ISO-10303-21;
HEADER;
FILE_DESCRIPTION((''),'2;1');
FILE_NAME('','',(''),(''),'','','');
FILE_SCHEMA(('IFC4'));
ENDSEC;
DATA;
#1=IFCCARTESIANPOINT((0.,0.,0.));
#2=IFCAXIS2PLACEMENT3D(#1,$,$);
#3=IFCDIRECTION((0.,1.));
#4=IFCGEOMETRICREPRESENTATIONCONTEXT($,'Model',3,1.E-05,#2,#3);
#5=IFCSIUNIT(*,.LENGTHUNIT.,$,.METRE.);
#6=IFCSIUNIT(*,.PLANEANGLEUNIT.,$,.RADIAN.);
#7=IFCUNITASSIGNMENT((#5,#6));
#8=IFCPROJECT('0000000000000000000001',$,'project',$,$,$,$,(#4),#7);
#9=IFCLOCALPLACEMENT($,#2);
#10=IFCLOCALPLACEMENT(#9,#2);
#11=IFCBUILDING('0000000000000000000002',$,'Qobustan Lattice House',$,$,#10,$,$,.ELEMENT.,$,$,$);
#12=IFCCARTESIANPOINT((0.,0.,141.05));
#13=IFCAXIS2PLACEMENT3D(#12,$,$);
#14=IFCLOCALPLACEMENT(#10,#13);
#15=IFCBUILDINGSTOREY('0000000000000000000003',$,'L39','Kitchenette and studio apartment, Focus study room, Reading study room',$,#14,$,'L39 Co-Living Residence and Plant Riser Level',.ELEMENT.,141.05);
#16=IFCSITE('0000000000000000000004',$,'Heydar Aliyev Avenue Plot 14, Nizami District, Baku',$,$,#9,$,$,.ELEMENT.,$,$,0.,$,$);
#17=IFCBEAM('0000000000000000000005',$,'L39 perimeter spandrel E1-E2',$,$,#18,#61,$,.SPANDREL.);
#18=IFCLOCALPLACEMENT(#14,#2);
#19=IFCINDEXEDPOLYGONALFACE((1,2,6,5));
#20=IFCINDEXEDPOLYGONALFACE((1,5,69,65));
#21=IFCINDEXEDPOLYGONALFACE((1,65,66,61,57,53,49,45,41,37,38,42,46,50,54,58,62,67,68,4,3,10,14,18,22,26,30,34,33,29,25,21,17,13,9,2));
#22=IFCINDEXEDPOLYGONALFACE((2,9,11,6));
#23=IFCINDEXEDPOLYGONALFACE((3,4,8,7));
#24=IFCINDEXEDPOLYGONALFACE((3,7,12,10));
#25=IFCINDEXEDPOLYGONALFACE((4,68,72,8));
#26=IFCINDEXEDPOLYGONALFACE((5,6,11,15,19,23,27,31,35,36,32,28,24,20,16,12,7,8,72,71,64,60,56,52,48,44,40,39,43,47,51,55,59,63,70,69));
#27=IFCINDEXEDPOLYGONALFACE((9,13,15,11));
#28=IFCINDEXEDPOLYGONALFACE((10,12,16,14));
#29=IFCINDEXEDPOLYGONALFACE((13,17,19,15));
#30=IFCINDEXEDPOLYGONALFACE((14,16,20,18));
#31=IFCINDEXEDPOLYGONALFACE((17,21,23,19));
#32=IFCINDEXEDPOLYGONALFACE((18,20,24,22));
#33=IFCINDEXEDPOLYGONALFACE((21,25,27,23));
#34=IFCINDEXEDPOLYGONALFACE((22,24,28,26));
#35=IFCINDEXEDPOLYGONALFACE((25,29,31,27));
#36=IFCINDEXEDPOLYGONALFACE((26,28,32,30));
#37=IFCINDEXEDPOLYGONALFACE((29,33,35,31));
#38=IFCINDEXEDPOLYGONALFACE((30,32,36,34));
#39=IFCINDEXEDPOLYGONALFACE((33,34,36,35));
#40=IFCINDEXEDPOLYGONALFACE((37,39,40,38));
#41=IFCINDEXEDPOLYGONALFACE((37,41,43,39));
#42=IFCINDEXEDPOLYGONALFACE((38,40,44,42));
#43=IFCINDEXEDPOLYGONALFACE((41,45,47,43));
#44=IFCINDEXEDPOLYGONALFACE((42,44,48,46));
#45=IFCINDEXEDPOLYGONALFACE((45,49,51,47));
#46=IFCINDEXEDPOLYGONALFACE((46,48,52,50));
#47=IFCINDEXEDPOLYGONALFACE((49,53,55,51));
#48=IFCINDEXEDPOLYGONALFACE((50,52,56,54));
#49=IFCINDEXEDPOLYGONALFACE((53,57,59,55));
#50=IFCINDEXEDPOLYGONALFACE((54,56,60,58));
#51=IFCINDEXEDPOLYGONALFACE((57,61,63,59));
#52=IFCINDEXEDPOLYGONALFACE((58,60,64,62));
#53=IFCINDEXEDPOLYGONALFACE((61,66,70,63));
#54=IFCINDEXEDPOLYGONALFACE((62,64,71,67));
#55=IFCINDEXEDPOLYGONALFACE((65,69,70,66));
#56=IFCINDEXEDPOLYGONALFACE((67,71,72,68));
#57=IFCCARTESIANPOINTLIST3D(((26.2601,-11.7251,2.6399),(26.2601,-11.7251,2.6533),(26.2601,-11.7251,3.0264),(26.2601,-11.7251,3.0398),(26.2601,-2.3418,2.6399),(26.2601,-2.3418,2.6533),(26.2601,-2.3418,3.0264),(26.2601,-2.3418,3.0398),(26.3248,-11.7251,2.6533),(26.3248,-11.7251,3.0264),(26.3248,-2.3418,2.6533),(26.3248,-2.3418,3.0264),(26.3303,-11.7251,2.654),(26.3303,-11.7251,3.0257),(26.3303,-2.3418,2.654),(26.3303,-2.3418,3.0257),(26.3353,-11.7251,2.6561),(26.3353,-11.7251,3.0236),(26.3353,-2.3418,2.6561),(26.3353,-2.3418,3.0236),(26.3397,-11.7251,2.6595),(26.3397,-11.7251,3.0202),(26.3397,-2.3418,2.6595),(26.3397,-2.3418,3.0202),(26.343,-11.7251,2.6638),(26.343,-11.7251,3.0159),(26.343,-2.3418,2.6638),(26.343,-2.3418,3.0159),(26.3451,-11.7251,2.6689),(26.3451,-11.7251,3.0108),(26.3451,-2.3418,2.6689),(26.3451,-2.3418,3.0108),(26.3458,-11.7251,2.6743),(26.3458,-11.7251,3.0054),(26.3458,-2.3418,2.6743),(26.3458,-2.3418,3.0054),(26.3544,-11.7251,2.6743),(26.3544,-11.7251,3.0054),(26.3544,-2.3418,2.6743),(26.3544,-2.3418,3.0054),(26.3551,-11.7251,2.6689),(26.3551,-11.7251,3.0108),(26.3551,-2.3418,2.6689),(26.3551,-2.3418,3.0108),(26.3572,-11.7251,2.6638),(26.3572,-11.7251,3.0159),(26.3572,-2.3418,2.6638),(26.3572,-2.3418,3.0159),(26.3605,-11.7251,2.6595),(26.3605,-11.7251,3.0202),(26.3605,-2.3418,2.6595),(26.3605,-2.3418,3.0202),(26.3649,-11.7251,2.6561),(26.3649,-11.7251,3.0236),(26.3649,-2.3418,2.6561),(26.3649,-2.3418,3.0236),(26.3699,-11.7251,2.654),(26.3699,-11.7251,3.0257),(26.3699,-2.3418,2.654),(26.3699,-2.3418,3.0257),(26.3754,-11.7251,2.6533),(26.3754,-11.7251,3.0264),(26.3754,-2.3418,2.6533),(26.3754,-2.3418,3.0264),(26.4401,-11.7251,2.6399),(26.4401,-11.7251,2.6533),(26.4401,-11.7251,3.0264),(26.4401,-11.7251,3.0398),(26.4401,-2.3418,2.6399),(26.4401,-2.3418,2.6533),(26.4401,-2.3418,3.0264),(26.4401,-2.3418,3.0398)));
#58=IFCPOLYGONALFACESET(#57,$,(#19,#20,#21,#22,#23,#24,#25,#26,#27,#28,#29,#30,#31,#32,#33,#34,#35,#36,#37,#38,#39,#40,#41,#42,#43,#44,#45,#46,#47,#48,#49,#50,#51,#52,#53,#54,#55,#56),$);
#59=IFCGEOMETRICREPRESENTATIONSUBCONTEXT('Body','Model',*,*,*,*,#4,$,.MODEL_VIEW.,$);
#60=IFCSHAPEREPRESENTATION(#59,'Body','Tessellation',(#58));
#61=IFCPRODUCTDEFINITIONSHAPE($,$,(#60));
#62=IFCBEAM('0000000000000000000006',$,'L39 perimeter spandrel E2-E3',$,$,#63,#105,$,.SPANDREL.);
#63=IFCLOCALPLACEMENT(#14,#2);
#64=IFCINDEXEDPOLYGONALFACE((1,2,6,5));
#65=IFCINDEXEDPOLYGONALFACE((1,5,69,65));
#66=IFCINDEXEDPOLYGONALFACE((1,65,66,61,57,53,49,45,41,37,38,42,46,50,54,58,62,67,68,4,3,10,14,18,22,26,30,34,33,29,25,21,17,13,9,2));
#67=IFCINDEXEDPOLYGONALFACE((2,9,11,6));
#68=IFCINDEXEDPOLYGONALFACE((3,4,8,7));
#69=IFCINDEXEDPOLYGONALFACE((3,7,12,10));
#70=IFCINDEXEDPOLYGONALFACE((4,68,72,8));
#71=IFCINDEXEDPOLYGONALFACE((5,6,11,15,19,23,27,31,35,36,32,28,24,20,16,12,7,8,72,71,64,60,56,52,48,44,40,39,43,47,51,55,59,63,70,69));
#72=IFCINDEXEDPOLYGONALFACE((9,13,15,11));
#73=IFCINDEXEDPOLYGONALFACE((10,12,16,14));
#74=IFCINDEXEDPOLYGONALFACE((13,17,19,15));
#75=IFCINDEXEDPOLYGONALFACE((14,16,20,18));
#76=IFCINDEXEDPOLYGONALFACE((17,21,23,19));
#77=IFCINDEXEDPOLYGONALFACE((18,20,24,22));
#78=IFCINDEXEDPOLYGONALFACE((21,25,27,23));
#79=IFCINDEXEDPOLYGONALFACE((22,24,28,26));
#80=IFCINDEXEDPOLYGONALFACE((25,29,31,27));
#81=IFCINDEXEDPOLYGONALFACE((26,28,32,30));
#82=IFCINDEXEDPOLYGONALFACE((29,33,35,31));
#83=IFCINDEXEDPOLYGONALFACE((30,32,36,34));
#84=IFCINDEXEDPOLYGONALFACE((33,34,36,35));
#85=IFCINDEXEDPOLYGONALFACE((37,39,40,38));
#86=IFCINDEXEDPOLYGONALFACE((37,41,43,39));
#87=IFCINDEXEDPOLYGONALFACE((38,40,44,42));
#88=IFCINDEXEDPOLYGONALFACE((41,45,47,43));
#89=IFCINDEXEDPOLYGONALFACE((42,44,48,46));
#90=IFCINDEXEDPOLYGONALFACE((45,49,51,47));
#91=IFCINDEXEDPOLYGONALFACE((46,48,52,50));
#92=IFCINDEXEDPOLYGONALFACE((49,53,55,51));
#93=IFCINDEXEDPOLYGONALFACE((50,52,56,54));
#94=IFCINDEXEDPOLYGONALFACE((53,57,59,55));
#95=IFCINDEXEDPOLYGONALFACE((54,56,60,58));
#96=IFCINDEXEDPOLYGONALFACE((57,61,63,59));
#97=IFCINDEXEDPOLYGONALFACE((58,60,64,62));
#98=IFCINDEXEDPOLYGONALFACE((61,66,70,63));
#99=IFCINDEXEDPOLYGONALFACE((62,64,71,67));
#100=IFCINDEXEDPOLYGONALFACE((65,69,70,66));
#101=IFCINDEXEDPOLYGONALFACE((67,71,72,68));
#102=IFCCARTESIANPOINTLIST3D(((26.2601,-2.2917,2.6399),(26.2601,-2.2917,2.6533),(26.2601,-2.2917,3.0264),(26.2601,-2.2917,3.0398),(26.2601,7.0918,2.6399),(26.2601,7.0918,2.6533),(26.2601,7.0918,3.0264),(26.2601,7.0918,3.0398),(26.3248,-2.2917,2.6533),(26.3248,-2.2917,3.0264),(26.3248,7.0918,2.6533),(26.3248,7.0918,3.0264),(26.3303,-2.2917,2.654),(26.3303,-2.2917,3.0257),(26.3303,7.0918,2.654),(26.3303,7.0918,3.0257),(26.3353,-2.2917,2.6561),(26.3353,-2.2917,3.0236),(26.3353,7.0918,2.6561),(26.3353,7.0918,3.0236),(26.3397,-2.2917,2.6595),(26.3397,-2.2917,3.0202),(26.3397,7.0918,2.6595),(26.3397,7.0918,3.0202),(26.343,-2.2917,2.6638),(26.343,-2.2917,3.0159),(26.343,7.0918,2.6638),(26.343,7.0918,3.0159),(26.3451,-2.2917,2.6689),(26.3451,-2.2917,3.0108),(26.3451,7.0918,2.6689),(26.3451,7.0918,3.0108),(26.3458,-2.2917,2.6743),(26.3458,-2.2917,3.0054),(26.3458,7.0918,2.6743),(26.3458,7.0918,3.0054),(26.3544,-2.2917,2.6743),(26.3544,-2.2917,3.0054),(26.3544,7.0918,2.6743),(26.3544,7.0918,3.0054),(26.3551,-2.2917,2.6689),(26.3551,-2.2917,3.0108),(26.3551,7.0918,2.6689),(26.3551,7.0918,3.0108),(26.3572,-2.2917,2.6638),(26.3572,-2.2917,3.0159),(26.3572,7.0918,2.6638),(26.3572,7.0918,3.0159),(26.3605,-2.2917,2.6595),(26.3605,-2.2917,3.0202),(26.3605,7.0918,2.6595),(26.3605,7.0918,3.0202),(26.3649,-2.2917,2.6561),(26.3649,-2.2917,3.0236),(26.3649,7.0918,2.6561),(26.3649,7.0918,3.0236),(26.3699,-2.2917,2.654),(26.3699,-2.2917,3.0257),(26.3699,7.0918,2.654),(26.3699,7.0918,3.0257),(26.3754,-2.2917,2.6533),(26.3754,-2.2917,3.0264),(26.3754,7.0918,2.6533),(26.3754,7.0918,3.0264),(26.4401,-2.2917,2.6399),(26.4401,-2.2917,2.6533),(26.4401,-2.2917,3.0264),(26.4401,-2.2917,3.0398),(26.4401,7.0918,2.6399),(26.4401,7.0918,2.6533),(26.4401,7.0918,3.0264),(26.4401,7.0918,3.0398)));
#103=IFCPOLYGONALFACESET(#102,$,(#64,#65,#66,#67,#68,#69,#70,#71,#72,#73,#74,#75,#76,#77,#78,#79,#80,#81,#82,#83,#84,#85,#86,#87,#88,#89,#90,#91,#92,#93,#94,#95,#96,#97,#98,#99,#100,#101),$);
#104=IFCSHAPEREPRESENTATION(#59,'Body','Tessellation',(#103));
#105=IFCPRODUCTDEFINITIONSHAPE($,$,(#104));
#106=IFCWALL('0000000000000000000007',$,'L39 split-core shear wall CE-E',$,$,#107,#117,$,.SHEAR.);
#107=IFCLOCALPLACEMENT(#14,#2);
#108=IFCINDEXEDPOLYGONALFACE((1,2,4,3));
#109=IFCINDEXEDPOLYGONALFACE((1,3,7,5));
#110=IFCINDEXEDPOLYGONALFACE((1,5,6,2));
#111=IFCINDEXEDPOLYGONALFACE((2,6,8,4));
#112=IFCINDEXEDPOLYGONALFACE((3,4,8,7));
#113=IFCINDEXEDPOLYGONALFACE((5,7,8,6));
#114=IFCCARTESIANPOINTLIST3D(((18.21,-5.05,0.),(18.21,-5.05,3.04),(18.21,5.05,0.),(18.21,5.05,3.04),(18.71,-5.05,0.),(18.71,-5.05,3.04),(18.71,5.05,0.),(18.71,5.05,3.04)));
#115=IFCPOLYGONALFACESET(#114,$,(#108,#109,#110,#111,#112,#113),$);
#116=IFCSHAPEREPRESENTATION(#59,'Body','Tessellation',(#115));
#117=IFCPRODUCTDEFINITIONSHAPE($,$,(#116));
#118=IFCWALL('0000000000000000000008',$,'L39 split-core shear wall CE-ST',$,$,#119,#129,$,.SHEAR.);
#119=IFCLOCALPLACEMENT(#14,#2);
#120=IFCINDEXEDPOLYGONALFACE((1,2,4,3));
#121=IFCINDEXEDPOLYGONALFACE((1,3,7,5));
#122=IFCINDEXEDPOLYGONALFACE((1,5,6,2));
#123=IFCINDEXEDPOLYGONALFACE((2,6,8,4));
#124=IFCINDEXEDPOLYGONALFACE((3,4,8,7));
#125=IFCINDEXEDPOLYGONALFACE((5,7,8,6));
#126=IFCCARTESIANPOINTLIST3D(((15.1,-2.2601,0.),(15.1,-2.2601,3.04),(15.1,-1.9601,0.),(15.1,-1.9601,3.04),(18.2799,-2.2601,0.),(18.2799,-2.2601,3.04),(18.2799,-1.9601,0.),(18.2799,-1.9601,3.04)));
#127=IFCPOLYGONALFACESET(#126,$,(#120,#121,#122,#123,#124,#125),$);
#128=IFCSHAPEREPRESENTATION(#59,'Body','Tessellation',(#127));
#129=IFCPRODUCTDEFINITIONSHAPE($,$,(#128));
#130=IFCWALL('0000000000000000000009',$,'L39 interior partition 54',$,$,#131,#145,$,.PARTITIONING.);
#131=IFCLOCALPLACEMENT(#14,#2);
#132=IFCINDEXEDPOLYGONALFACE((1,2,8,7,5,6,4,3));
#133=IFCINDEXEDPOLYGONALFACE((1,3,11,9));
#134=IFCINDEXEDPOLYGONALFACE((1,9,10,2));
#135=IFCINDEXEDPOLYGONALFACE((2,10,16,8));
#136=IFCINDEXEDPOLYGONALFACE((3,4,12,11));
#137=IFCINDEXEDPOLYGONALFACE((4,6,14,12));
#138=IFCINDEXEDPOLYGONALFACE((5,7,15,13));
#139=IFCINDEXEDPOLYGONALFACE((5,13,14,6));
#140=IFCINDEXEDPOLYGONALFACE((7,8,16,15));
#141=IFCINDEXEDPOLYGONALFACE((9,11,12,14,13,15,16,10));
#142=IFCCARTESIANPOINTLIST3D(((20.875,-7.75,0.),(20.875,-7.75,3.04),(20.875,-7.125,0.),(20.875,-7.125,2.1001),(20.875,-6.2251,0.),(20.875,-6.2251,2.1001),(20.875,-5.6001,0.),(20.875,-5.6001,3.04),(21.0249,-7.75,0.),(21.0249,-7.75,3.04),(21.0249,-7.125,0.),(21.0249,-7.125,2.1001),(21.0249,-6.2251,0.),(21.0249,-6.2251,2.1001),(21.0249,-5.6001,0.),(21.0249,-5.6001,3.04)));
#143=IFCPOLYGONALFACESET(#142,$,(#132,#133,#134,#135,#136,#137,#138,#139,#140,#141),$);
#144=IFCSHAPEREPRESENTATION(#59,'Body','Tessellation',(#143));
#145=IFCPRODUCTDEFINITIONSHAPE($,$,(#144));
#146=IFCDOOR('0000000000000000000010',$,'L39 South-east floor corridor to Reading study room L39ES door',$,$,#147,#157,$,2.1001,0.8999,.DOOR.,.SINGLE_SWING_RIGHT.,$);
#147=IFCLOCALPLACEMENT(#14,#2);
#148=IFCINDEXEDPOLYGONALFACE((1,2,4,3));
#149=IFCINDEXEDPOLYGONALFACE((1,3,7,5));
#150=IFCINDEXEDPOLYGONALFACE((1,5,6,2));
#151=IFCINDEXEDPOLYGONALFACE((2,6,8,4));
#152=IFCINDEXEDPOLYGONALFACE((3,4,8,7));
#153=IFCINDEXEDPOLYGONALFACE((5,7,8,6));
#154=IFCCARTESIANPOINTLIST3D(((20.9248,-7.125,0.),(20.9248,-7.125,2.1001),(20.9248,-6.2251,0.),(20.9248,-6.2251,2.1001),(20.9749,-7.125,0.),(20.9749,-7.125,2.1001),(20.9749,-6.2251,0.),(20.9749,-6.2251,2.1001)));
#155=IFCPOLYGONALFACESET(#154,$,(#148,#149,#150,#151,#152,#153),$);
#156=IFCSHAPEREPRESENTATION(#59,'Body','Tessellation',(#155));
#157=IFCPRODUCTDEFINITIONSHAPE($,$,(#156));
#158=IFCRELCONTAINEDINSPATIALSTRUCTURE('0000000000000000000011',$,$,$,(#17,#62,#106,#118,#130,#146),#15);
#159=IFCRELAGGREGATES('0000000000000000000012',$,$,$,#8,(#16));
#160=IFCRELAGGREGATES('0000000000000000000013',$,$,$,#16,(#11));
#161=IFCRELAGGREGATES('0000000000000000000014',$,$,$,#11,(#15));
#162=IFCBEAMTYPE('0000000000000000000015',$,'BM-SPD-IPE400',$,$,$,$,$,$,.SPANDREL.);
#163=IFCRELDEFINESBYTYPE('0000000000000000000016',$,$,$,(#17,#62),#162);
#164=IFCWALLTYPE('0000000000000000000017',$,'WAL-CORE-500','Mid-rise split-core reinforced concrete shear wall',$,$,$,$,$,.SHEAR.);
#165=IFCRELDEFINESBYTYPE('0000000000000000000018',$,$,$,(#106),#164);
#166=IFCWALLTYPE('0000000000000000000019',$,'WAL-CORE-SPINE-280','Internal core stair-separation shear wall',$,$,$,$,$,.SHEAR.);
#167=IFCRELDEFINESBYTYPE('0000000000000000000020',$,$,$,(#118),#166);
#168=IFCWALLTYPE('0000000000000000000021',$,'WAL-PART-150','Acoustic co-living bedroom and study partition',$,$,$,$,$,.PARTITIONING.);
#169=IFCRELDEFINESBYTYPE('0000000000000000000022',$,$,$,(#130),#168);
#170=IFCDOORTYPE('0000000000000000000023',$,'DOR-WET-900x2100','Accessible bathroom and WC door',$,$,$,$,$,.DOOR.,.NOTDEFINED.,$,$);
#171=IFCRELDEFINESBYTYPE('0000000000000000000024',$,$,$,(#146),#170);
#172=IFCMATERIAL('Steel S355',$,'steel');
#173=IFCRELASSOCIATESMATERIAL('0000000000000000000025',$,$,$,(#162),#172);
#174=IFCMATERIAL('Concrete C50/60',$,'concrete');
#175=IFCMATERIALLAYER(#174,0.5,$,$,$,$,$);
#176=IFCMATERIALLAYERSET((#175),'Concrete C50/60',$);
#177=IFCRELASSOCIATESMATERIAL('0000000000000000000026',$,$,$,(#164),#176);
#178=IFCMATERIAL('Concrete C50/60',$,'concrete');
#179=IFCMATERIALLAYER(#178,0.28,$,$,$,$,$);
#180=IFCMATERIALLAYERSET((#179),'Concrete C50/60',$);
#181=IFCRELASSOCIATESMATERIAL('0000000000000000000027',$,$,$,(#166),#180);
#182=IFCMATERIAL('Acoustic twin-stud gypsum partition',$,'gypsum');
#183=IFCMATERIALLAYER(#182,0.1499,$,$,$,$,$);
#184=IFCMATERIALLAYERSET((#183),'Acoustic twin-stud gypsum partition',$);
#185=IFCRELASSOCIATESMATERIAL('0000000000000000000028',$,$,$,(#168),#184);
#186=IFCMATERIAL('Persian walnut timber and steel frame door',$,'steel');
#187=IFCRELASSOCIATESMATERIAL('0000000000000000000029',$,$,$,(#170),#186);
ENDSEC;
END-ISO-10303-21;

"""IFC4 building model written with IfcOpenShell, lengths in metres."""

from ifc_helpers import new_model, si_unit, direction, frame, frame_2d, origin, origin_2d, place, context, subcontext, project, spatial, rectangle, i_section, extrude, material, layer, layer_set, material_profile, profile_set, type_object, element, fill, save


model = new_model("IFC4")

# Units and contexts
model_context = context("Model", 3, precision=1e-05, world=origin(), true_north=direction((0.0, 1.0)))
body_context = subcontext(model_context, "Body", "Model", "MODEL_VIEW")
ifc_project = project(units=[si_unit("LENGTHUNIT", "METRE"), si_unit("PLANEANGLEUNIT", "RADIAN")], contexts=[model_context])

# Site, building, storey
site_placement = place(None, origin())
site = spatial("IfcSite", under=ifc_project, at=site_placement, Name="Heydar Aliyev Avenue Plot 14, Nizami District, Baku", CompositionType="ELEMENT", RefElevation=0.0)
building_placement = place(site_placement, origin())
building = spatial("IfcBuilding", under=site, at=building_placement, Name="Qobustan Lattice House", CompositionType="ELEMENT")
storey_placement = place(building_placement, frame((0.0, 0.0, 141.05)))
storey = spatial("IfcBuildingStorey", under=building, at=storey_placement, Name="L39", Description="Kitchenette and studio apartment, Focus study room, Reading study room", LongName="L39 Co-Living Residence and Plant Riser Level", CompositionType="ELEMENT", Elevation=141.05)

# Beams
ifc_material_1 = material(Name="Steel S355", Category="steel")
ifc_material_profile_1 = material_profile(ifc_material_1, i_section(OverallWidth=0.1799, OverallDepth=0.3999, WebThickness=0.0085, FlangeThickness=0.0134, FilletRadius=0.021, at=origin_2d()), Name="IPE400")
ifc_profile_set_1 = profile_set([ifc_material_profile_1], Name="Steel S355")
beam_type_1 = type_object("IfcBeamType", Name="BM-SPD-IPE400", PredefinedType="SPANDREL", material=ifc_profile_set_1)
beam_1_placement = place(storey_placement, frame((26.3501, -11.7251, 2.8398), z_axis=(0.0, 1.0, 0.0), x_axis=(-1.0, 0.0, 0.0)))
element("IfcBeam", 1, at=beam_1_placement, inside=storey, type_object=beam_type_1, Name="L39 perimeter spandrel E1-E2", PredefinedType="SPANDREL", context=body_context, shape_type="SweptSolid", body=[
    extrude(i_section(OverallWidth=0.1799, OverallDepth=0.3999, WebThickness=0.0085, FlangeThickness=0.0134, FilletRadius=0.021, at=origin_2d()), origin(), (0.0, 0.0, 1.0), 9.3833),
])
beam_2_placement = place(storey_placement, frame((26.3501, -2.2917, 2.8398), z_axis=(0.0, 1.0, 0.0), x_axis=(-1.0, 0.0, 0.0)))
element("IfcBeam", 2, at=beam_2_placement, inside=storey, type_object=beam_type_1, Name="L39 perimeter spandrel E2-E3", PredefinedType="SPANDREL", context=body_context, shape_type="SweptSolid", body=[
    extrude(i_section(OverallWidth=0.1799, OverallDepth=0.3999, WebThickness=0.0085, FlangeThickness=0.0134, FilletRadius=0.021, at=origin_2d()), origin(), (0.0, 0.0, 1.0), 9.3835),
])

# Walls
ifc_material_2 = material(Name="Concrete C50/60", Category="concrete")
ifc_layer_1 = layer(ifc_material_2, 0.5)
ifc_layer_set_1 = layer_set([ifc_layer_1], Name="Concrete C50/60")
wall_type_1 = type_object("IfcWallType", Name="WAL-CORE-500", Description="Mid-rise split-core reinforced concrete shear wall", PredefinedType="SHEAR", material=ifc_layer_set_1)
wall_1_placement = place(storey_placement, frame((18.46, -5.05, 0.0), z_axis=(0.0, 0.0, 1.0), x_axis=(0.0, 1.0, 0.0)))
element("IfcWall", 3, at=wall_1_placement, inside=storey, type_object=wall_type_1, Name="L39 split-core shear wall CE-E", PredefinedType="SHEAR", context=body_context, shape_type="SweptSolid", body=[
    extrude(rectangle(XDim=10.1001, YDim=0.5, at=frame_2d((5.05, 0.0))), origin(), (0.0, 0.0, 1.0), 3.04),
])
ifc_material_3 = material(Name="Concrete C50/60", Category="concrete")
ifc_layer_2 = layer(ifc_material_3, 0.28)
ifc_layer_set_2 = layer_set([ifc_layer_2], Name="Concrete C50/60")
wall_type_2 = type_object("IfcWallType", Name="WAL-CORE-SPINE-280", Description="Internal core stair-separation shear wall", PredefinedType="SHEAR", material=ifc_layer_set_2)
wall_2_placement = place(storey_placement, frame((15.1001, -2.1101, 0.0), z_axis=(0.0, 0.0, 1.0), x_axis=(1.0, 0.0, 0.0)))
element("IfcWall", 4, at=wall_2_placement, inside=storey, type_object=wall_type_2, Name="L39 split-core shear wall CE-ST", PredefinedType="SHEAR", context=body_context, shape_type="SweptSolid", body=[
    extrude(rectangle(XDim=3.1799, YDim=0.3, at=frame_2d((1.5898, 0.0))), origin(), (0.0, 0.0, 1.0), 3.04),
])

# Wall, opening, door
ifc_material_4 = material(Name="Acoustic twin-stud gypsum partition", Category="gypsum")
ifc_layer_3 = layer(ifc_material_4, 0.1499)
ifc_layer_set_3 = layer_set([ifc_layer_3], Name="Acoustic twin-stud gypsum partition")
wall_type_3 = type_object("IfcWallType", Name="WAL-PART-150", Description="Acoustic co-living bedroom and study partition", PredefinedType="PARTITIONING", material=ifc_layer_set_3)
wall_3_placement = place(storey_placement, frame((20.95, -5.6001, 0.0), z_axis=(0.0, 0.0, 1.0), x_axis=(0.0, -1.0, 0.0)))
wall_3 = element("IfcWall", 5, at=wall_3_placement, inside=storey, type_object=wall_type_3, Name="L39 interior partition 54", PredefinedType="PARTITIONING", context=body_context, shape_type="SweptSolid", body=[
    extrude(rectangle(XDim=2.1499, YDim=0.1499, at=frame_2d((1.075, 0.0))), origin(), (0.0, 0.0, 1.0), 3.04),
])
opening_1_placement = place(wall_3_placement, frame((0.625, 0.0, 0.0)))
opening_1 = element("IfcOpeningElement", 6, at=opening_1_placement, cuts=wall_3, PredefinedType="OPENING", context=body_context, shape_type="SweptSolid", body=[
    extrude(rectangle(XDim=0.8999, YDim=2.1001, at=frame_2d((0.45, 1.05))), frame((0.0, 0.085, 0.0), z_axis=(0.0, -1.0, 0.0), x_axis=(1.0, 0.0, 0.0)), (0.0, 0.0, 1.0), 0.1699),
])
ifc_material_5 = material(Name="Persian walnut timber and steel frame door", Category="steel")
door_type_1 = type_object("IfcDoorType", Name="DOR-WET-900x2100", Description="Accessible bathroom and WC door", OperationType="NOTDEFINED", PredefinedType="DOOR", material=ifc_material_5)
door_1_placement = place(opening_1_placement, origin())
door_1 = element("IfcDoor", 7, at=door_1_placement, inside=storey, type_object=door_type_1, Name="L39 South-east floor corridor to Reading study room L39ES door", OperationType="SINGLE_SWING_RIGHT", OverallHeight=2.1001, OverallWidth=0.8999, PredefinedType="DOOR", context=body_context, shape_type="SweptSolid", body=[
    extrude(rectangle(XDim=0.8999, YDim=2.1001, at=frame_2d((0.45, 1.05))), frame((0.0, 0.0249, 0.0), z_axis=(0.0, -1.0, 0.0), x_axis=(1.0, 0.0, 0.0)), (0.0, 0.0, 1.0), 0.05),
])
fill(opening_1, door_1)

save(model, "model.ifc")
